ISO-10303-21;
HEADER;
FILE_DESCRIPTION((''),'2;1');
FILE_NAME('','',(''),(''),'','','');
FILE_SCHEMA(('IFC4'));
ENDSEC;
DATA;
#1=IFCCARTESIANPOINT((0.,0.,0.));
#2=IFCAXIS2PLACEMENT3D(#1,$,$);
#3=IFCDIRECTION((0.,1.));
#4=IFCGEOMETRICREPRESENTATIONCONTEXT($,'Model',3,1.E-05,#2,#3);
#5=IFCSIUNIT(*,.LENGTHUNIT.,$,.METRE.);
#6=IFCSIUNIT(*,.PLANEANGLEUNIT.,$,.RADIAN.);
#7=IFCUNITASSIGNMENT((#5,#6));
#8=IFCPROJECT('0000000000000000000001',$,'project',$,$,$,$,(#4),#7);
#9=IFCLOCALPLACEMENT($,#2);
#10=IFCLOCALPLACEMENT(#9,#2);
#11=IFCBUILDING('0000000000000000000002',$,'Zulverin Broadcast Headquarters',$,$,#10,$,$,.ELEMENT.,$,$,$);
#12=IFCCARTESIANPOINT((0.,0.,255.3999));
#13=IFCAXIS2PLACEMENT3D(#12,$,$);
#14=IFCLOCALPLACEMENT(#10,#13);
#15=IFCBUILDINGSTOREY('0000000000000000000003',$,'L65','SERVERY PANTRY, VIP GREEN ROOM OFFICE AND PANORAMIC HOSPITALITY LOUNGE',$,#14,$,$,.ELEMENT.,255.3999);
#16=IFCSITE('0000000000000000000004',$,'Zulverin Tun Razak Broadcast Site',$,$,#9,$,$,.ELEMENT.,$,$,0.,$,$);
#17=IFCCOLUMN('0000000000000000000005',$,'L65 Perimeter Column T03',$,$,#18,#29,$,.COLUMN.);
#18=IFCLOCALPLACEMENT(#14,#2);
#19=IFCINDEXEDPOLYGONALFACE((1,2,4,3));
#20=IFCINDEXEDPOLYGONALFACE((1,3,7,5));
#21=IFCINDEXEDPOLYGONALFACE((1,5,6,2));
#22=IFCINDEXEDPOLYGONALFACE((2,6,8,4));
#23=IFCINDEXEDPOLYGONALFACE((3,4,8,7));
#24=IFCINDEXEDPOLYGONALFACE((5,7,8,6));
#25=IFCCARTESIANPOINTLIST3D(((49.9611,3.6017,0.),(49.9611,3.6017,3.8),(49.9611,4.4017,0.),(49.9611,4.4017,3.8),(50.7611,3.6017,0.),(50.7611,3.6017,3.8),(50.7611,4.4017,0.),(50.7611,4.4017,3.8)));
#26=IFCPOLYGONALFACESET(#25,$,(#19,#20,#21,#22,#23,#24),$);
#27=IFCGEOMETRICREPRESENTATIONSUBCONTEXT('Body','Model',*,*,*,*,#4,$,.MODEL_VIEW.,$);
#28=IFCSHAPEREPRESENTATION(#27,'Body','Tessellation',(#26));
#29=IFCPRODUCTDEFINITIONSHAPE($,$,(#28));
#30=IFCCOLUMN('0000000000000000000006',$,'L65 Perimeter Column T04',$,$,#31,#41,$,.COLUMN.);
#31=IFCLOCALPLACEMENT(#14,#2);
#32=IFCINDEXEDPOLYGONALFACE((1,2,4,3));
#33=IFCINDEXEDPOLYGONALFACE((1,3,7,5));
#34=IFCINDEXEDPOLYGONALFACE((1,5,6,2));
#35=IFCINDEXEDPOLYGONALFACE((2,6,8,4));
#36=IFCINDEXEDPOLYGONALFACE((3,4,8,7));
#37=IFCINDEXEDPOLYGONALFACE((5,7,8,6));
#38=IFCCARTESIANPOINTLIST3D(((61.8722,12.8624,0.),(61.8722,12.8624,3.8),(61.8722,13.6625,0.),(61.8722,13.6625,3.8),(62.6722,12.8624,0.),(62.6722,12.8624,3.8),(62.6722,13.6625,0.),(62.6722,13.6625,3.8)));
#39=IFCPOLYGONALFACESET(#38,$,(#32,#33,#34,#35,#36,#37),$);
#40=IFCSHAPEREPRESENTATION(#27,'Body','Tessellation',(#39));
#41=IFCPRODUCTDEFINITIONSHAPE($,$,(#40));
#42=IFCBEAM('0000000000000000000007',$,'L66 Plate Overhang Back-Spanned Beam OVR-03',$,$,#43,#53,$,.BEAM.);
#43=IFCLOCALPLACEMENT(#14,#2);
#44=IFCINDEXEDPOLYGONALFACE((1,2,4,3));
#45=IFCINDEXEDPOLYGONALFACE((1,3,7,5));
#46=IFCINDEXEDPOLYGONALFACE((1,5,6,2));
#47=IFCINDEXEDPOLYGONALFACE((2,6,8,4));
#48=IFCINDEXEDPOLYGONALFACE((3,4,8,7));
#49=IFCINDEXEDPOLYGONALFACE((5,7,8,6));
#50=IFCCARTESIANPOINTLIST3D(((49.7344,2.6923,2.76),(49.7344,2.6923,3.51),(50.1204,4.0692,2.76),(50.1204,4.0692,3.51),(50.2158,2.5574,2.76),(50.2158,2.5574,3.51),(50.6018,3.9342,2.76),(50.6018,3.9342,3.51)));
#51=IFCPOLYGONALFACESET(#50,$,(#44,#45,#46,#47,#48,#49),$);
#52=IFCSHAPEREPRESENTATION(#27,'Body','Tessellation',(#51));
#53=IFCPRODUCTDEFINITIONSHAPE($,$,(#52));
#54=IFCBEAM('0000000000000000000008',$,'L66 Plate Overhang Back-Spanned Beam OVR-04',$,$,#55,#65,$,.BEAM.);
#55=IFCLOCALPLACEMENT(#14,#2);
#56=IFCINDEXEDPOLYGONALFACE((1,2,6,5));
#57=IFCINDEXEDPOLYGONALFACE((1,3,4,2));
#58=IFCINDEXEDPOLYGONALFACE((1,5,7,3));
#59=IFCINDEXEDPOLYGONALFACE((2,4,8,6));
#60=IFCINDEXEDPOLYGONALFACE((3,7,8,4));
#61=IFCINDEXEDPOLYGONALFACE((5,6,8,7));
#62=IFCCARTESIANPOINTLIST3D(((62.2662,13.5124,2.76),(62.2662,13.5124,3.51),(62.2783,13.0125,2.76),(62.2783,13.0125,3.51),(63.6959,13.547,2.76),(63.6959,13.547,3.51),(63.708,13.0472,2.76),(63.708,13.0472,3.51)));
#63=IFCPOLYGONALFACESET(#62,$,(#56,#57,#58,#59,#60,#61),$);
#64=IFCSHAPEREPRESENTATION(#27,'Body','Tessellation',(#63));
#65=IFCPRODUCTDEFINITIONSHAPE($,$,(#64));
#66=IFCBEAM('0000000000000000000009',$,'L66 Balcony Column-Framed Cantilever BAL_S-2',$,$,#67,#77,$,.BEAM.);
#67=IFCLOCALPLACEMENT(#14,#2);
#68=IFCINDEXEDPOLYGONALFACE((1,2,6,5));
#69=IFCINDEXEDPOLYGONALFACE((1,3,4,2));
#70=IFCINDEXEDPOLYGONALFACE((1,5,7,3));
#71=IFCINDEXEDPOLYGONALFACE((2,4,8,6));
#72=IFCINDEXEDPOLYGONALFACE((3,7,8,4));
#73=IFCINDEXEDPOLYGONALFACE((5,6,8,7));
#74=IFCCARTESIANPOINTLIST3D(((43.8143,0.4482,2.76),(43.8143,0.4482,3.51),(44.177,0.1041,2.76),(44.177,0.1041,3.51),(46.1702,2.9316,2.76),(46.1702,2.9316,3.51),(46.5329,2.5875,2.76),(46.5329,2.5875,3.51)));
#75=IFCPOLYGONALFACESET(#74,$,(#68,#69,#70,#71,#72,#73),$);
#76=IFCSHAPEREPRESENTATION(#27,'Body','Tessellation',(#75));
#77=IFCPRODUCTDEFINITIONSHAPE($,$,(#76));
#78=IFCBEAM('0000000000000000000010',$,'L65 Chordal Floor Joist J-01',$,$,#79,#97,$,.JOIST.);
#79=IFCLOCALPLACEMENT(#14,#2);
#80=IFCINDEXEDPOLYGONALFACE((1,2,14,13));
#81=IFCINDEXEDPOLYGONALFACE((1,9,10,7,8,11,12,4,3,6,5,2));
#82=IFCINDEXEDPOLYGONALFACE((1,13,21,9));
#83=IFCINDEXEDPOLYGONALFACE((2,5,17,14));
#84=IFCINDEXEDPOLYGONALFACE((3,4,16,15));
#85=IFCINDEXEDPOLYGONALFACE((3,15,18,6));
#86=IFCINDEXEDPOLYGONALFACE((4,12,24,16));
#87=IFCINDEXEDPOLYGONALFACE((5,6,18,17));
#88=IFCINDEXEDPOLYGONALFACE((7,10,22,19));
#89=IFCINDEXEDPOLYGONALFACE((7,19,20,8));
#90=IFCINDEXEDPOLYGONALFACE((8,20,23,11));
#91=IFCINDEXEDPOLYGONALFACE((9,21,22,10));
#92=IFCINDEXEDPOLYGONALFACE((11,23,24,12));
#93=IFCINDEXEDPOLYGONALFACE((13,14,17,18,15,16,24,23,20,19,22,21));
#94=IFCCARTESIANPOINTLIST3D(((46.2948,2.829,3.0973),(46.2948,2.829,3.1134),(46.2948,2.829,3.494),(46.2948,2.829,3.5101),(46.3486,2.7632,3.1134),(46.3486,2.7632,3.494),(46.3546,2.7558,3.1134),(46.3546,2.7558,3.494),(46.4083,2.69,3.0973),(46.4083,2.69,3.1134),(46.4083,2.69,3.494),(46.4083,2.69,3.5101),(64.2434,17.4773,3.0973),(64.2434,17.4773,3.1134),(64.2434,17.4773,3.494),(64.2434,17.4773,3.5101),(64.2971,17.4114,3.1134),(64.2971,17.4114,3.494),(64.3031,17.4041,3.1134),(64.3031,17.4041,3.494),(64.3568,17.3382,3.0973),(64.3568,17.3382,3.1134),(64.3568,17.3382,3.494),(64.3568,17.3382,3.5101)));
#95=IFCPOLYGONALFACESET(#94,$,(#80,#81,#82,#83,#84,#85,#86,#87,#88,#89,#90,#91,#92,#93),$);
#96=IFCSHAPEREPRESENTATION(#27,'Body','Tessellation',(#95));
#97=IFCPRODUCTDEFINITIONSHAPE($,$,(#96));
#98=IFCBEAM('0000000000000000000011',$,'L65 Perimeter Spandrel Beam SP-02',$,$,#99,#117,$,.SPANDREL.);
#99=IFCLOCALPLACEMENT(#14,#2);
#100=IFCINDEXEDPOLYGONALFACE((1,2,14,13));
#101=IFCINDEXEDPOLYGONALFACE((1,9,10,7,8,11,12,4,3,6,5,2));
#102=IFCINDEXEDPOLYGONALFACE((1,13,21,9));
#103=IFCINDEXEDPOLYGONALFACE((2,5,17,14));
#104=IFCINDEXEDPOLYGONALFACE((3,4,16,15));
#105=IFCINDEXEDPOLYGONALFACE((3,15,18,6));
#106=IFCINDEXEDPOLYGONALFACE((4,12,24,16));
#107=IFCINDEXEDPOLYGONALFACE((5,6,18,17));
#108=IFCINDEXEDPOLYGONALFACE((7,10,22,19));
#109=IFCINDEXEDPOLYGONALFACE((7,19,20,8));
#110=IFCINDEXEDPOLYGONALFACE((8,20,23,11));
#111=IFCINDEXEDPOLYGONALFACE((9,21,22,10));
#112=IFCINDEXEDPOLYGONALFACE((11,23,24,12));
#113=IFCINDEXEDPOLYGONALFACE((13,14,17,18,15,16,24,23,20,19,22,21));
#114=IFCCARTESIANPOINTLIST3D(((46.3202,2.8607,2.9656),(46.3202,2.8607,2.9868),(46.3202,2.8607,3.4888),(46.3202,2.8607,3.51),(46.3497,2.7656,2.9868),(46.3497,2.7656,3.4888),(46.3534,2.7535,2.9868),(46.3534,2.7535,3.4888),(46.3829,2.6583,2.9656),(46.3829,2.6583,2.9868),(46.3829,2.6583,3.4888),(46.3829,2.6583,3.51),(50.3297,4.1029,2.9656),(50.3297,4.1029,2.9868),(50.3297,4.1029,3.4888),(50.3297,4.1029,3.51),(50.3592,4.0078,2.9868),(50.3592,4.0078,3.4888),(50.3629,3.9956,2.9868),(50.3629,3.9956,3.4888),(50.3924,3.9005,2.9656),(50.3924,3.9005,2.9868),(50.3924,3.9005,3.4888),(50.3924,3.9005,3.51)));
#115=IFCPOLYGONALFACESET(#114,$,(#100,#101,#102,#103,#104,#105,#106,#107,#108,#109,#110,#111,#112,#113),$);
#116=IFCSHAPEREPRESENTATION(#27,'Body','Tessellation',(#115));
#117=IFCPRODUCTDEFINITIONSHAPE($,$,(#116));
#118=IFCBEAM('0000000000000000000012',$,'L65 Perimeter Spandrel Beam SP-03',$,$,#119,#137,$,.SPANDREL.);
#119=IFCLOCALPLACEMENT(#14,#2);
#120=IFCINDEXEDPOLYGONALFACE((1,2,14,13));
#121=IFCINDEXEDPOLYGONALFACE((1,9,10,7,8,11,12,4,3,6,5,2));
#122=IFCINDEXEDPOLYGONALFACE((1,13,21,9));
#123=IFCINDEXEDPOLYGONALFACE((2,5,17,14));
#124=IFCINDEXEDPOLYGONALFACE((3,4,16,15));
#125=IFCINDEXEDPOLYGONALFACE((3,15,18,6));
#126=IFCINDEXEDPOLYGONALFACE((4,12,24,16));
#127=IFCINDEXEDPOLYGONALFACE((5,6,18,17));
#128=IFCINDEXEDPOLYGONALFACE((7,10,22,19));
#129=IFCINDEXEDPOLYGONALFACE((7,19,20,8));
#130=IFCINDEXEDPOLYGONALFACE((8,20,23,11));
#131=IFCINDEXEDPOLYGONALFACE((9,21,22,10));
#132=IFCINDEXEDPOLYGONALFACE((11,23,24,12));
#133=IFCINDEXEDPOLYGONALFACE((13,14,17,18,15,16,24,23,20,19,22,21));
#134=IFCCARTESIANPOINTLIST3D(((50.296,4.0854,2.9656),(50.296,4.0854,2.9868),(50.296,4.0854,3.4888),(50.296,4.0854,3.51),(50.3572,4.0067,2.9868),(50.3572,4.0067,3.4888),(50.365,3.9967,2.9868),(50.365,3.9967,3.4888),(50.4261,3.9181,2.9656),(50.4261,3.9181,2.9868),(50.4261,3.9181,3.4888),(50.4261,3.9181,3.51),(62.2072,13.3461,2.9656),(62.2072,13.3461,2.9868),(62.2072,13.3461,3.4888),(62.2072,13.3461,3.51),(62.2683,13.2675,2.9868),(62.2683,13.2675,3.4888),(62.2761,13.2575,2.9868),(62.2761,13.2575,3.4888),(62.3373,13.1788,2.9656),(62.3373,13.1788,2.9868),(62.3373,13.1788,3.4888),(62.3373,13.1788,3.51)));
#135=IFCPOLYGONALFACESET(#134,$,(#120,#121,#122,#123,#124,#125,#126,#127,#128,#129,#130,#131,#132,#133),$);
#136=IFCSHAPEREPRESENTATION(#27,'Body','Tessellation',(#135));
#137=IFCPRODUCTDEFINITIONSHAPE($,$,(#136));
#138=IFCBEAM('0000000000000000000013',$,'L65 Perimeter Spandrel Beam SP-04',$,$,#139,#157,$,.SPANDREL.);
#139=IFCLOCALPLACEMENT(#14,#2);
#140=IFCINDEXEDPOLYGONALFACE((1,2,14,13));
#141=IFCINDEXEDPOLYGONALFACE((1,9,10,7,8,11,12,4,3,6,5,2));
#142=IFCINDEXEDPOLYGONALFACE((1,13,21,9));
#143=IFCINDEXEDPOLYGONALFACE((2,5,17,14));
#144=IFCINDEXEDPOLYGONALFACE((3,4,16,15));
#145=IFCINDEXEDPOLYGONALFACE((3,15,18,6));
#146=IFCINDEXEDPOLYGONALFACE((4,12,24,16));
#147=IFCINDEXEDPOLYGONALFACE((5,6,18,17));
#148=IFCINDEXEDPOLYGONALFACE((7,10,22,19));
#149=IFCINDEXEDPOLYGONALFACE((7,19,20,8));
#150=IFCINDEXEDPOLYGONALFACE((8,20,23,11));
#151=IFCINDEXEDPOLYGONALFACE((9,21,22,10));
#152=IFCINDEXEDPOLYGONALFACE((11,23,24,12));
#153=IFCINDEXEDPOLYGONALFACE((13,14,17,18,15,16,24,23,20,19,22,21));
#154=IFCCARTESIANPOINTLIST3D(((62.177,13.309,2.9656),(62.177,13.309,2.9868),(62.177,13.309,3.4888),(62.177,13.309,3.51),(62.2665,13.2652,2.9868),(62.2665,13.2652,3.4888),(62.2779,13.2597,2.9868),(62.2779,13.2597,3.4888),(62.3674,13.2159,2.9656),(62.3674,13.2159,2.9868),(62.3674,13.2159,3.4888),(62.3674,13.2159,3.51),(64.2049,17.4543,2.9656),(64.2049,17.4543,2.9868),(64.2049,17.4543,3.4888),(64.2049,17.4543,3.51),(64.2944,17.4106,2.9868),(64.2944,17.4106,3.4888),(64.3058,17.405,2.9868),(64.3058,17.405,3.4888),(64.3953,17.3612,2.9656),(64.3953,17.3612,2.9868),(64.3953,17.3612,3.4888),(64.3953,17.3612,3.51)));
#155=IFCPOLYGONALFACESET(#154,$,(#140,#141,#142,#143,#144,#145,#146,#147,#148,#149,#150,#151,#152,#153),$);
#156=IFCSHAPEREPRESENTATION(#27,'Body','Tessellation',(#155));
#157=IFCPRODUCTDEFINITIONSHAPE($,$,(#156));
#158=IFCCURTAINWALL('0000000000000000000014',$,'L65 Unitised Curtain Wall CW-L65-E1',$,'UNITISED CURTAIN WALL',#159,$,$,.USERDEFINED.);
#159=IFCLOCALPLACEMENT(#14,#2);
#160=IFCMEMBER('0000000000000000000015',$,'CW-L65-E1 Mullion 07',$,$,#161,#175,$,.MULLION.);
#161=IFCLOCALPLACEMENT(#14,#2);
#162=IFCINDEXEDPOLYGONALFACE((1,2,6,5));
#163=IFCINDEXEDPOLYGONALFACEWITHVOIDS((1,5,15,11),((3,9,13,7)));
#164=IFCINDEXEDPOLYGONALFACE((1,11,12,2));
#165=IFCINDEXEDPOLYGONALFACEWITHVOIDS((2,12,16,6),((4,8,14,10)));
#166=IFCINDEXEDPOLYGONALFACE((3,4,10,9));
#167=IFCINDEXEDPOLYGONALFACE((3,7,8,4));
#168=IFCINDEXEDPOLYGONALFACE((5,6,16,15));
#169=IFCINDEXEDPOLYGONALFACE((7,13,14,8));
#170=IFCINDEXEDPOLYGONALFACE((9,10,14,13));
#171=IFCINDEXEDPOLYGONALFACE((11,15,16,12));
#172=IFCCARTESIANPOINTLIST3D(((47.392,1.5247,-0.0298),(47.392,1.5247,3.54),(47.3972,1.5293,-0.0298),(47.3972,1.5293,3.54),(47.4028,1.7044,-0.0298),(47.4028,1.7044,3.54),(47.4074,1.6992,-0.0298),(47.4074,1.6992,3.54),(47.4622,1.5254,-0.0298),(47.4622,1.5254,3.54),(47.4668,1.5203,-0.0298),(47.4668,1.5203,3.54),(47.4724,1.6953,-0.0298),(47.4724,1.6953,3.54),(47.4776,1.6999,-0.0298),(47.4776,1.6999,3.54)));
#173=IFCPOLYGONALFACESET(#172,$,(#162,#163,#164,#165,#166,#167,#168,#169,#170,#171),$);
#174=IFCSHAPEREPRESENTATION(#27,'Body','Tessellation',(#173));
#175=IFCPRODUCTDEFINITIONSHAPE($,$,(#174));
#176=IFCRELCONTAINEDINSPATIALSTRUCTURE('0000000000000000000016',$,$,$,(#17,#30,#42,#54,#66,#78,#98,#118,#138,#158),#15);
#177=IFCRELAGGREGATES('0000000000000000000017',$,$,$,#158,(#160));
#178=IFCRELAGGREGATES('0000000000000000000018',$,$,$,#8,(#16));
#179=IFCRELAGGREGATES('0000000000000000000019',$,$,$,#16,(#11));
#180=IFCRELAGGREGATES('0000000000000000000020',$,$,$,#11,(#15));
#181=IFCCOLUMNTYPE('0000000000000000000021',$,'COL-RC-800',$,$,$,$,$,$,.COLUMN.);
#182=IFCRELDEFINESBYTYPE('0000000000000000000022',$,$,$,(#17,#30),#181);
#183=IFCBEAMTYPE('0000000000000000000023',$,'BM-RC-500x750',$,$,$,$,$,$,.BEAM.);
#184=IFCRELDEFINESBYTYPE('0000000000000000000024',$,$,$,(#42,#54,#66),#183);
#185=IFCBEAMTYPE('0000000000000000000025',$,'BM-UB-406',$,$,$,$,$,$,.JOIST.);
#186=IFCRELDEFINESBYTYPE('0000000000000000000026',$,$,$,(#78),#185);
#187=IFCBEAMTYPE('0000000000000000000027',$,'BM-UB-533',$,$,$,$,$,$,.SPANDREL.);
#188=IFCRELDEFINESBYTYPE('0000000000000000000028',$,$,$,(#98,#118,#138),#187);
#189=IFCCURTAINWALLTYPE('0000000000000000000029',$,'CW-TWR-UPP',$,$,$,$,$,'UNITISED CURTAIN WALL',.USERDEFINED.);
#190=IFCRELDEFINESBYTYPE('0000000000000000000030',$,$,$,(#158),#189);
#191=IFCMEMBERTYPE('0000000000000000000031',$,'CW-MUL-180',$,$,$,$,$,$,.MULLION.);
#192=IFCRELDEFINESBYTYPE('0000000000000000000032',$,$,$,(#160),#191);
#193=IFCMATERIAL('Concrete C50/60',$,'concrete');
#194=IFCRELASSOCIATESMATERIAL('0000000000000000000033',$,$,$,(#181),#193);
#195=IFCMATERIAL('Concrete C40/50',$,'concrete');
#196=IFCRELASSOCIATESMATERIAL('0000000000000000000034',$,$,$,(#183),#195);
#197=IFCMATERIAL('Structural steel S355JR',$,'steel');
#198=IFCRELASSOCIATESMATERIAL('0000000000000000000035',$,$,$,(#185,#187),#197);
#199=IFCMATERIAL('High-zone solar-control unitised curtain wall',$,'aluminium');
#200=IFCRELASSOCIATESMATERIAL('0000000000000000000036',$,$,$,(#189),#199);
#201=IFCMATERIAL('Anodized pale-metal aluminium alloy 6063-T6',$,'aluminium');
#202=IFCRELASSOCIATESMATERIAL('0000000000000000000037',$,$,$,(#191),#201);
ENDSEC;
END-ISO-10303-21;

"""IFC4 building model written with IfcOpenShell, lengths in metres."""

from ifc_helpers import new_model, si_unit, direction, frame, origin, origin_2d, place, context, subcontext, project, spatial, rectangle, hollow_rectangle, i_section, extrude, material, material_profile, profile_set, type_object, element, aggregate, save


model = new_model("IFC4")

# Units and contexts
model_context = context("Model", 3, precision=1e-05, world=origin(), true_north=direction((0.0, 1.0)))
body_context = subcontext(model_context, "Body", "Model", "MODEL_VIEW")
ifc_project = project(units=[si_unit("LENGTHUNIT", "METRE"), si_unit("PLANEANGLEUNIT", "RADIAN")], contexts=[model_context])

# Site, building, storey
site_placement = place(None, origin())
site = spatial("IfcSite", under=ifc_project, at=site_placement, Name="Zulverin Tun Razak Broadcast Site", CompositionType="ELEMENT", RefElevation=0.0)
building_placement = place(site_placement, origin())
building = spatial("IfcBuilding", under=site, at=building_placement, Name="Zulverin Broadcast Headquarters", CompositionType="ELEMENT")
storey_placement = place(building_placement, frame((0.0, 0.0, 255.3999)))
storey = spatial("IfcBuildingStorey", under=building, at=storey_placement, Name="L65", Description="SERVERY PANTRY, VIP GREEN ROOM OFFICE AND PANORAMIC HOSPITALITY LOUNGE", CompositionType="ELEMENT", Elevation=255.3999)

# Columns
ifc_material_1 = material(Name="Concrete C50/60", Category="concrete")
ifc_material_profile_1 = material_profile(ifc_material_1, rectangle(XDim=0.8, YDim=0.8, at=origin_2d()), Name="Concrete C50/60", Category="concrete")
ifc_profile_set_1 = profile_set([ifc_material_profile_1], Name="Concrete C50/60")
column_type = type_object("IfcColumnType", Name="COL-RC-800", PredefinedType="COLUMN", material=ifc_profile_set_1)
for number, where, z_axis, x_axis, name in (
    (1, (50.3611, 4.0017, 0.0), (0.0, 0.0, 1.0), (1.0, 0.0, 0.0), "L65 Perimeter Column T03"),
    (2, (62.2722, 13.2625, 0.0), (0.0, 0.0, 1.0), (1.0, 0.0, 0.0), "L65 Perimeter Column T04"),
):
    element("IfcColumn", number, at=place(storey_placement, frame(where, z_axis=z_axis, x_axis=x_axis)), inside=storey, type_object=column_type, Name=name, PredefinedType="COLUMN", context=body_context, shape_type="SweptSolid", body=[
        extrude(rectangle(XDim=0.8, YDim=0.8, at=origin_2d()), origin(), (0.0, 0.0, 1.0), 3.8),
    ])

# Beams
ifc_material_2 = material(Name="Concrete C40/50", Category="concrete")
ifc_material_profile_2 = material_profile(ifc_material_2, rectangle(XDim=0.5, YDim=0.75, at=origin_2d()), Name="Concrete C40/50", Category="concrete")
ifc_profile_set_2 = profile_set([ifc_material_profile_2], Name="Concrete C40/50")
beam_type_1 = type_object("IfcBeamType", Name="BM-RC-500x750", PredefinedType="BEAM", material=ifc_profile_set_2)
beam_1_placement = place(storey_placement, frame((50.3611, 4.0017, 3.135), z_axis=(-0.269915, -0.962884, 0.0), x_axis=(0.962884, -0.269915, 0.0)))
element("IfcBeam", 3, at=beam_1_placement, inside=storey, type_object=beam_type_1, Name="L66 Plate Overhang Back-Spanned Beam OVR-03", PredefinedType="BEAM", context=body_context, shape_type="SweptSolid", body=[
    extrude(rectangle(XDim=0.5, YDim=0.75, at=origin_2d()), origin(), (0.0, 0.0, 1.0), 1.4299),
])
beam_2_placement = place(storey_placement, frame((62.2722, 13.2625, 3.135), z_axis=(0.999706, 0.024242, 0.0), x_axis=(-0.024242, 0.999706, 0.0)))
element("IfcBeam", 4, at=beam_2_placement, inside=storey, type_object=beam_type_1, Name="L66 Plate Overhang Back-Spanned Beam OVR-04", PredefinedType="BEAM", context=body_context, shape_type="SweptSolid", body=[
    extrude(rectangle(XDim=0.5, YDim=0.75, at=origin_2d()), origin(), (0.0, 0.0, 1.0), 1.4302),
])
beam_3_placement = place(storey_placement, frame((46.3516, 2.7595, 3.135), z_axis=(-0.688247, -0.725476, 0.0), x_axis=(0.725476, -0.688247, 0.0)))
element("IfcBeam", 5, at=beam_3_placement, inside=storey, type_object=beam_type_1, Name="L66 Balcony Column-Framed Cantilever BAL_S-2", PredefinedType="BEAM", context=body_context, shape_type="SweptSolid", body=[
    extrude(rectangle(XDim=0.5, YDim=0.75, at=origin_2d()), origin(), (0.0, 0.0, 1.0), 3.4231),
])
ifc_material_3 = material(Name="Structural steel S355JR", Category="steel")
ifc_material_profile_3 = material_profile(ifc_material_3, i_section(OverallWidth=0.1794, OverallDepth=0.4128, WebThickness=0.0095, FlangeThickness=0.0161, at=origin_2d()), Name="Structural steel S355JR", Category="steel")
ifc_profile_set_3 = profile_set([ifc_material_profile_3], Name="Structural steel S355JR")
beam_type_2 = type_object("IfcBeamType", Name="BM-UB-406", PredefinedType="JOIST", material=ifc_profile_set_3)
beam_4_placement = place(storey_placement, frame((46.3516, 2.7595, 3.3037), z_axis=(0.774738, 0.632282, 0.0), x_axis=(-0.632282, 0.774738, 0.0)))
element("IfcBeam", 6, at=beam_4_placement, inside=storey, type_object=beam_type_2, Name="L65 Chordal Floor Joist J-01", PredefinedType="JOIST", context=body_context, shape_type="SweptSolid", body=[
    extrude(i_section(OverallWidth=0.1794, OverallDepth=0.4128, WebThickness=0.0095, FlangeThickness=0.0161, at=origin_2d()), origin(), (0.0, 0.0, 1.0), 23.1672),
])
ifc_material_profile_4 = material_profile(ifc_material_3, i_section(OverallWidth=0.2119, OverallDepth=0.5444, WebThickness=0.0127, FlangeThickness=0.0212, at=origin_2d()), Name="Structural steel S355JR", Category="steel")
ifc_profile_set_4 = profile_set([ifc_material_profile_4], Name="Structural steel S355JR")
beam_type_3 = type_object("IfcBeamType", Name="BM-UB-533", PredefinedType="SPANDREL", material=ifc_profile_set_4)
beam_5_placement = place(storey_placement, frame((46.3516, 2.7595, 3.2378), z_axis=(0.955209, 0.295933, 0.0), x_axis=(-0.295933, 0.955209, 0.0)))
element("IfcBeam", 7, at=beam_5_placement, inside=storey, type_object=beam_type_3, Name="L65 Perimeter Spandrel Beam SP-02", PredefinedType="SPANDREL", context=body_context, shape_type="SweptSolid", body=[
    extrude(i_section(OverallWidth=0.2119, OverallDepth=0.5444, WebThickness=0.0127, FlangeThickness=0.0212, at=origin_2d()), origin(), (0.0, 0.0, 1.0), 4.1975),
])
beam_6_placement = place(storey_placement, frame((50.3611, 4.0017, 3.2378), z_axis=(0.789464, 0.613797, 0.0), x_axis=(-0.613797, 0.789464, 0.0)))
element("IfcBeam", 8, at=beam_6_placement, inside=storey, type_object=beam_type_3, Name="L65 Perimeter Spandrel Beam SP-03", PredefinedType="SPANDREL", context=body_context, shape_type="SweptSolid", body=[
    extrude(i_section(OverallWidth=0.2119, OverallDepth=0.5444, WebThickness=0.0127, FlangeThickness=0.0212, at=origin_2d()), origin(), (0.0, 0.0, 1.0), 15.0876),
])
beam_7_placement = place(storey_placement, frame((62.2722, 13.2625, 3.2378), z_axis=(0.43943, 0.898277, 0.0), x_axis=(-0.898277, 0.43943, 0.0)))
element("IfcBeam", 9, at=beam_7_placement, inside=storey, type_object=beam_type_3, Name="L65 Perimeter Spandrel Beam SP-04", PredefinedType="SPANDREL", context=body_context, shape_type="SweptSolid", body=[
    extrude(i_section(OverallWidth=0.2119, OverallDepth=0.5444, WebThickness=0.0127, FlangeThickness=0.0212, at=origin_2d()), origin(), (0.0, 0.0, 1.0), 4.6147),
])

# Curtain wall, member
ifc_material_4 = material(Name="High-zone solar-control unitised curtain wall", Category="aluminium")
curtain_wall_type = type_object("IfcCurtainWallType", Name="CW-TWR-UPP", ElementType="UNITISED CURTAIN WALL", PredefinedType="USERDEFINED", material=ifc_material_4)
curtain_wall_placement = place(storey_placement, origin())
curtain_wall = element("IfcCurtainWall", 10, at=curtain_wall_placement, inside=storey, type_object=curtain_wall_type, Name="L65 Unitised Curtain Wall CW-L65-E1", ObjectType="UNITISED CURTAIN WALL", PredefinedType="USERDEFINED")
ifc_material_5 = material(Name="Anodized pale-metal aluminium alloy 6063-T6", Category="aluminium")
ifc_material_profile_5 = material_profile(ifc_material_5, hollow_rectangle(XDim=0.075, YDim=0.1799, WallThickness=0.0049, at=origin_2d()), Name="Anodized pale-metal aluminium alloy 6063-T6", Category="aluminium")
ifc_profile_set_5 = profile_set([ifc_material_profile_5], Name="Anodized pale-metal aluminium alloy 6063-T6")
member_type = type_object("IfcMemberType", Name="CW-MUL-180", PredefinedType="MULLION", material=ifc_profile_set_5)
member_placement = place(storey_placement, frame((47.4348, 1.6123, -0.0298), z_axis=(0.0, 0.0, 1.0), x_axis=(0.998203, -0.059928, 0.0)))
member = element("IfcMember", 11, at=member_placement, type_object=member_type, Name="CW-L65-E1 Mullion 07", PredefinedType="MULLION", context=body_context, shape_type="SweptSolid", body=[
    extrude(hollow_rectangle(XDim=0.075, YDim=0.1799, WallThickness=0.0049, at=origin_2d()), origin(), (0.0, 0.0, 1.0), 3.5698),
])
aggregate(curtain_wall, [member])

save(model, "model.ifc")
